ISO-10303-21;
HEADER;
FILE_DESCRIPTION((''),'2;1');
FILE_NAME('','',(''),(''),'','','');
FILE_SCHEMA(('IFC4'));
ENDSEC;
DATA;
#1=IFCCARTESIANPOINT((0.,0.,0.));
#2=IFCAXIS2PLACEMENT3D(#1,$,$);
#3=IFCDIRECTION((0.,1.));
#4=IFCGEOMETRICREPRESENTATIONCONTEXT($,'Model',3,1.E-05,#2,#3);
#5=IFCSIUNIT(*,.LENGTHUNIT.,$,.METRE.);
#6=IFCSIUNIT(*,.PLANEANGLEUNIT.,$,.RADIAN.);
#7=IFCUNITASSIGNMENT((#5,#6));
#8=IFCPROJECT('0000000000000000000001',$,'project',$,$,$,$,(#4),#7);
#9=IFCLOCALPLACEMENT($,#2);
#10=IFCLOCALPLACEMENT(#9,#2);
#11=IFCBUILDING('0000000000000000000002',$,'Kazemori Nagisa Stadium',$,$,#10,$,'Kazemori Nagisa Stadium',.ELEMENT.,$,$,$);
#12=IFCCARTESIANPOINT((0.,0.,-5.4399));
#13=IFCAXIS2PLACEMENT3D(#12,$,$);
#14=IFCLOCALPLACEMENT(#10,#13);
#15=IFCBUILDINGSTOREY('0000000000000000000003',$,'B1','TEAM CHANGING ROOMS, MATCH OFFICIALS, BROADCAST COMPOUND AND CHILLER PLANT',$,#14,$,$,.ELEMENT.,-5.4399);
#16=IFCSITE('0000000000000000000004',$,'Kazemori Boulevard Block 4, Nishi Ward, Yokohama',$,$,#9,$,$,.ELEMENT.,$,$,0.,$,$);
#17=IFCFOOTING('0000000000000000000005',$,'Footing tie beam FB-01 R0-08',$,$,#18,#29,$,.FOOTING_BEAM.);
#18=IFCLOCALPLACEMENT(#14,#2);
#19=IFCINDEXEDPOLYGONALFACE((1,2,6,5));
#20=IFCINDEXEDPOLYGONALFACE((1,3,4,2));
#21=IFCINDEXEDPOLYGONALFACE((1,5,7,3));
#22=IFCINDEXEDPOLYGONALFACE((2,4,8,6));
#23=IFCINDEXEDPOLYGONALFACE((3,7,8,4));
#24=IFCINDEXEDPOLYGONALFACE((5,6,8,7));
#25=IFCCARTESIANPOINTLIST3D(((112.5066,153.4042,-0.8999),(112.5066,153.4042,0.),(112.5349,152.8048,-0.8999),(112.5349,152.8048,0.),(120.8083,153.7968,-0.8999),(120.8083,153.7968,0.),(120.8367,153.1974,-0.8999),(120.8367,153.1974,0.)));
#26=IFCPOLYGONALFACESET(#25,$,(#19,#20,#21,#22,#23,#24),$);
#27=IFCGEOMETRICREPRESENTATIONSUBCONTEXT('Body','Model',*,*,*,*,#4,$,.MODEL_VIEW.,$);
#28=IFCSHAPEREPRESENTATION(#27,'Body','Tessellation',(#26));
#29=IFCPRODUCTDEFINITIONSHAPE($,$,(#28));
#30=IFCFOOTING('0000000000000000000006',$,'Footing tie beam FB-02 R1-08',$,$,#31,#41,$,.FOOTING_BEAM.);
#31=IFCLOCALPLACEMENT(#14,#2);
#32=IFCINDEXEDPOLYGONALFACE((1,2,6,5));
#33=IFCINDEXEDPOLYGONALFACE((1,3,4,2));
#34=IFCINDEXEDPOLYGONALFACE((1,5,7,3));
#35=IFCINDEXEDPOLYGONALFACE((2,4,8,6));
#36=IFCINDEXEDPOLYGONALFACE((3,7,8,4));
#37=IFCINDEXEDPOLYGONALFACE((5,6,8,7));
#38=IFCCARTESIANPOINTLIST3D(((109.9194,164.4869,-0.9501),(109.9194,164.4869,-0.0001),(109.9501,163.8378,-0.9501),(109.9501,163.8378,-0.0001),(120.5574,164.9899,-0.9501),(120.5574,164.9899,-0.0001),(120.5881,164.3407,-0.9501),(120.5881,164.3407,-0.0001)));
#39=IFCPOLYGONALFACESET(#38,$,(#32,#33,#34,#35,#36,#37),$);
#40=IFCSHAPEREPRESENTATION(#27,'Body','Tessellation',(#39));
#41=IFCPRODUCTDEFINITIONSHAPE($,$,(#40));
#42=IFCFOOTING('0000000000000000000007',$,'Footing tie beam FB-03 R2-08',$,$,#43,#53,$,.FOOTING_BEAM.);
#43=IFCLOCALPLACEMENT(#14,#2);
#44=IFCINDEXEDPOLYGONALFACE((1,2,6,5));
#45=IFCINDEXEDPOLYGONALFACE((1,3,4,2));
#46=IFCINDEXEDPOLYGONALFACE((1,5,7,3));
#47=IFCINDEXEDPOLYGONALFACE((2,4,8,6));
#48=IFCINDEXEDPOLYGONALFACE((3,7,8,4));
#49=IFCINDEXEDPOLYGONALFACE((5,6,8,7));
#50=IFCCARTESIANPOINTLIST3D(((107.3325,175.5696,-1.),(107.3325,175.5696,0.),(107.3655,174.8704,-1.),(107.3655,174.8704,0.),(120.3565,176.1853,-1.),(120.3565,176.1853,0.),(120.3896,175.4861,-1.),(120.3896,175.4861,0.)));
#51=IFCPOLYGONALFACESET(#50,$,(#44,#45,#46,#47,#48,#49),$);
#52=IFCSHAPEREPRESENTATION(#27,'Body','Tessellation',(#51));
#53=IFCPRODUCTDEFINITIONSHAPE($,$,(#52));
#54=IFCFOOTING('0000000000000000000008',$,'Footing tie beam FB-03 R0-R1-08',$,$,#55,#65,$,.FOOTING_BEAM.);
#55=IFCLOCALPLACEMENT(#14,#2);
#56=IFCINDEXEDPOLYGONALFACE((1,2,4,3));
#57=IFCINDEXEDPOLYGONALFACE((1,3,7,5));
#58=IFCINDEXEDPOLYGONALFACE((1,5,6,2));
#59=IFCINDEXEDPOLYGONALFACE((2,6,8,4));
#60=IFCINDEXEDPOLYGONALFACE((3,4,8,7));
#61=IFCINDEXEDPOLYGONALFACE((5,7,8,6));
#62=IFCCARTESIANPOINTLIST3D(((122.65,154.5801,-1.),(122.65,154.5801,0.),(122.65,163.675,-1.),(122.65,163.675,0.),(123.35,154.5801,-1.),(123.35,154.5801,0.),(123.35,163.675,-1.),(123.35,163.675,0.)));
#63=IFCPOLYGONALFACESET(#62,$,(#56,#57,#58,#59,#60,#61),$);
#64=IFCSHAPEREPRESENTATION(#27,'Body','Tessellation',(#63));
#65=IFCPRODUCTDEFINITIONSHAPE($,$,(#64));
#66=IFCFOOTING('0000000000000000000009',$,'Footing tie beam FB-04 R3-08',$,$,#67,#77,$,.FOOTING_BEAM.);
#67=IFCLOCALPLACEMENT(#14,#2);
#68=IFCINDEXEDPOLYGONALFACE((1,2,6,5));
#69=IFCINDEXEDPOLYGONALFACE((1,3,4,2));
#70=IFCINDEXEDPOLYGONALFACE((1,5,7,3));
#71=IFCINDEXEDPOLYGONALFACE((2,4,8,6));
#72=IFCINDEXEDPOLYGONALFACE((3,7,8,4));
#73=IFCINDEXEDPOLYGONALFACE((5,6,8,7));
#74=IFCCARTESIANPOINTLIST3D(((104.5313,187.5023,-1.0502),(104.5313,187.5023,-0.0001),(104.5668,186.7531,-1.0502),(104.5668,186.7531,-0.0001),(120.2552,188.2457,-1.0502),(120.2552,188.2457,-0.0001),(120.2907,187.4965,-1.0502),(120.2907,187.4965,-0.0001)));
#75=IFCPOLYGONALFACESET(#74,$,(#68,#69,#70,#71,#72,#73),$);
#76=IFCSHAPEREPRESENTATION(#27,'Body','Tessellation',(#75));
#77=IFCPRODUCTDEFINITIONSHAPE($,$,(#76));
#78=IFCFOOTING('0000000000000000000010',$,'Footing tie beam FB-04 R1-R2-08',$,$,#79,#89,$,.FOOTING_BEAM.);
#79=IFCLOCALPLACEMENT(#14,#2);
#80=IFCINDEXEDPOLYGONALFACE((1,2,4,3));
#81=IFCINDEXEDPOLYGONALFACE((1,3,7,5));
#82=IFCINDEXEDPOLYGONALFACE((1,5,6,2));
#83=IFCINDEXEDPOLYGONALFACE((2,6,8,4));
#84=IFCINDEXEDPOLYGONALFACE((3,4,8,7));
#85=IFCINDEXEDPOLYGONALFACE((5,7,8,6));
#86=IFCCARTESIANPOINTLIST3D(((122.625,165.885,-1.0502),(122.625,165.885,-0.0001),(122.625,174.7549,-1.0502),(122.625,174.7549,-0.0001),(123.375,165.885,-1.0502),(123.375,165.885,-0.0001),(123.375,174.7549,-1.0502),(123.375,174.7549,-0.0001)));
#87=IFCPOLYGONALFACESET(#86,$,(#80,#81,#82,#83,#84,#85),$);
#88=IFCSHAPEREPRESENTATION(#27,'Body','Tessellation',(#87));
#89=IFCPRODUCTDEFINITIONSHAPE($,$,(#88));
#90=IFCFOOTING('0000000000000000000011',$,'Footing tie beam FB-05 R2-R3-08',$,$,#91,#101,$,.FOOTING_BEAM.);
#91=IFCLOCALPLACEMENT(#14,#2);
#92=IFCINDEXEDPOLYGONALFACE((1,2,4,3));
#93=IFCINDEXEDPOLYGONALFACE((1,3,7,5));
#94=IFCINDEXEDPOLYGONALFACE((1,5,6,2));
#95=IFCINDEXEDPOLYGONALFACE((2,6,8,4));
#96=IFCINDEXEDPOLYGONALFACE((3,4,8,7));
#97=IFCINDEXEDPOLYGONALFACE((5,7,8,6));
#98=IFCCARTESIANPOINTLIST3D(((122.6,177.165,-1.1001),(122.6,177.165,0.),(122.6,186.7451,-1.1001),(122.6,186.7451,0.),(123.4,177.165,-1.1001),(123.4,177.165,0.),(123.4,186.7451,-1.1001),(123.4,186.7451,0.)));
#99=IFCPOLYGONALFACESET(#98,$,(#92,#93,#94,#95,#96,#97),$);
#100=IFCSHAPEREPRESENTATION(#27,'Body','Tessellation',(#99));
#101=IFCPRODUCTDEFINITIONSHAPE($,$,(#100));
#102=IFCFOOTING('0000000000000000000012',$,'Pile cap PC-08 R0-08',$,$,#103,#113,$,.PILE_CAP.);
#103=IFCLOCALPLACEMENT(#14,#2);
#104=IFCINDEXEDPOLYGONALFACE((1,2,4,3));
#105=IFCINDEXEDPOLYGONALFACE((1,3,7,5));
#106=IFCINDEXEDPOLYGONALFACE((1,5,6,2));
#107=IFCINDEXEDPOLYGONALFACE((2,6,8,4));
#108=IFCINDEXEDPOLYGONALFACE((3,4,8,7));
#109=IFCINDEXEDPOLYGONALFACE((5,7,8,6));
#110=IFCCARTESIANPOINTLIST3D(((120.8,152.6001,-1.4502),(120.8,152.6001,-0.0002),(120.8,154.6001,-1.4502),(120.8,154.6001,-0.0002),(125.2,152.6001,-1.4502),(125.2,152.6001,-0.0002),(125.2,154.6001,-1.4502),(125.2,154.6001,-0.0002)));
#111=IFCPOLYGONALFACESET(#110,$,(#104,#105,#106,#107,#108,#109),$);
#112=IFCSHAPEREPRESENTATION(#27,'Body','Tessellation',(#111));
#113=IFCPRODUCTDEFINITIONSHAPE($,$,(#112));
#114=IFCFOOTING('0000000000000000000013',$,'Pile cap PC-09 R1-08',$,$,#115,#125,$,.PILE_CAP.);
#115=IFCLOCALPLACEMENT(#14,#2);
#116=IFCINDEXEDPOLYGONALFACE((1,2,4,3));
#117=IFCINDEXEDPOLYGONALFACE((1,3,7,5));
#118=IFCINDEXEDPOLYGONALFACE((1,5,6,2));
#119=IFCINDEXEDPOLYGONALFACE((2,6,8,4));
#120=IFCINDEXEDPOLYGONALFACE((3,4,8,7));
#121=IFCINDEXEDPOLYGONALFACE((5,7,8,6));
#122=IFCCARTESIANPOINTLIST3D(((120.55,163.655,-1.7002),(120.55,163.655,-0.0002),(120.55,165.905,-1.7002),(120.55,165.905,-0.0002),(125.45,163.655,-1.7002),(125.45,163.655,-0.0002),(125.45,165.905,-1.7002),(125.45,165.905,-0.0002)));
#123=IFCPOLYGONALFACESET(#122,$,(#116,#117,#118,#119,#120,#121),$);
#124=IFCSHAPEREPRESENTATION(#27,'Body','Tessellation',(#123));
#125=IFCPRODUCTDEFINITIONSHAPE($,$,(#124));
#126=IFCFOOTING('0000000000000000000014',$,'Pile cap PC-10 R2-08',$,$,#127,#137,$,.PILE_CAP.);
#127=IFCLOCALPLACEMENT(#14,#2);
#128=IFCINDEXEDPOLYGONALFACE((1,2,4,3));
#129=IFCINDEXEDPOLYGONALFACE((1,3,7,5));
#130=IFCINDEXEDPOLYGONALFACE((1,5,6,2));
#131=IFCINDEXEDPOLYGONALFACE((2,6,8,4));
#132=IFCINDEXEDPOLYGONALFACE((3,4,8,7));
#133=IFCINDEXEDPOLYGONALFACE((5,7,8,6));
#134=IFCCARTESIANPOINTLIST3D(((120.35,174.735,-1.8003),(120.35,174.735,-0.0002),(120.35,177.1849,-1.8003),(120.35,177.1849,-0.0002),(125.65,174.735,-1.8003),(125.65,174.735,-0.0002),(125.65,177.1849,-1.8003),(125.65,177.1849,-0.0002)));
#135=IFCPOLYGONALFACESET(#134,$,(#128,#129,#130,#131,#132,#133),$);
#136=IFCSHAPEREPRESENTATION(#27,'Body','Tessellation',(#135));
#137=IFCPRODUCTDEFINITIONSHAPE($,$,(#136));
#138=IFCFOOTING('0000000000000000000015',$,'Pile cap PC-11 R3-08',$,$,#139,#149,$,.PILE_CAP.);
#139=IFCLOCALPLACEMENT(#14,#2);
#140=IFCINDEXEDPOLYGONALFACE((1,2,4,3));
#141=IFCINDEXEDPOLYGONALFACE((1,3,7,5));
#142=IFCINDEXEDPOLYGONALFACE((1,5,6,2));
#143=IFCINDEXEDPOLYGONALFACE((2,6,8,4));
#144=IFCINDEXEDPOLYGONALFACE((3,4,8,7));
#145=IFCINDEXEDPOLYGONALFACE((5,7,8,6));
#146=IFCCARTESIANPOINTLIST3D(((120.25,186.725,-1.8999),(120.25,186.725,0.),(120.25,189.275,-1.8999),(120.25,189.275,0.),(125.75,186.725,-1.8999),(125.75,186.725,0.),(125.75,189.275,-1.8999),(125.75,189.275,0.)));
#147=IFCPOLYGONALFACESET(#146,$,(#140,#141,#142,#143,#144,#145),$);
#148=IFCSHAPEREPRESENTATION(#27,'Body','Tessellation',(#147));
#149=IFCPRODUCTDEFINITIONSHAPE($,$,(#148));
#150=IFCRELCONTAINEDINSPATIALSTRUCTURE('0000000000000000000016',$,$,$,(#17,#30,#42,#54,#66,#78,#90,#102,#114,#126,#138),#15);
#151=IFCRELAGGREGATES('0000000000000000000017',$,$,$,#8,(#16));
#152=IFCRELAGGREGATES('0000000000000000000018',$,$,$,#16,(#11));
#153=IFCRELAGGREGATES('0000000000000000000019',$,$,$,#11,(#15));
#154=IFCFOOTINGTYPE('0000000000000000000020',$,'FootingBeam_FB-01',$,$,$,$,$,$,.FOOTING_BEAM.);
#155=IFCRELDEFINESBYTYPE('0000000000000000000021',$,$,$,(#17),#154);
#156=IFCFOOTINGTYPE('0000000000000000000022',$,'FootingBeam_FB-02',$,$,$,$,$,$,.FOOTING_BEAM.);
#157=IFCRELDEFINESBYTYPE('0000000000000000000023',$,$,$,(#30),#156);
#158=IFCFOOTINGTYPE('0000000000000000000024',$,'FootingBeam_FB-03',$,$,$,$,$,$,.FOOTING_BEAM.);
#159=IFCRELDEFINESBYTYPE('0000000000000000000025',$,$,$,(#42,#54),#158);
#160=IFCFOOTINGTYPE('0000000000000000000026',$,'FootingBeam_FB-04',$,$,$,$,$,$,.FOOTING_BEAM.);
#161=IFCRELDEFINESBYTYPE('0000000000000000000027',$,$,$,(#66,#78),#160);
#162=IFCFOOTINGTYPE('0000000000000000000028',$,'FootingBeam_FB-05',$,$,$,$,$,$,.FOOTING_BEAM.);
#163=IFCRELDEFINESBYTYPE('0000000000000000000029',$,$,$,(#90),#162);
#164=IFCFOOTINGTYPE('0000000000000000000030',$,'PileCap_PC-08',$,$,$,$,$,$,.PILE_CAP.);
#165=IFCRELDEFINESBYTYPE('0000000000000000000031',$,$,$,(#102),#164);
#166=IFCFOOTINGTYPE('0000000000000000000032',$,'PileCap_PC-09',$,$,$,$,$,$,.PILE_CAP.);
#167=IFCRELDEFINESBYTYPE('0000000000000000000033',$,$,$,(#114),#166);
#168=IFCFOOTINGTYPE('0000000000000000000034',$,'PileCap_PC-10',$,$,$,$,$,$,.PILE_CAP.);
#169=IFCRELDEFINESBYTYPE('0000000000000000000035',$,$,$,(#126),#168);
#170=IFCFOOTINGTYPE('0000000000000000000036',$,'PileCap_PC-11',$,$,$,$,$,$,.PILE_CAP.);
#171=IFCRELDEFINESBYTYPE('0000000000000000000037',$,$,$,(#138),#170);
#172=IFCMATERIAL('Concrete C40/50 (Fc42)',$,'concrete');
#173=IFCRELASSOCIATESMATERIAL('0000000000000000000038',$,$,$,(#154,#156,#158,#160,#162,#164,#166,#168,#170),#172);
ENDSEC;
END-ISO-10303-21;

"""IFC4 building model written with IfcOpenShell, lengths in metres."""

from ifc_helpers import new_model, si_unit, direction, frame, origin, origin_2d, place, context, subcontext, project, spatial, rectangle, extrude, material, material_profile, profile_set, type_object, element, save


model = new_model("IFC4")

# Units and contexts
model_context = context("Model", 3, precision=1e-05, world=origin(), true_north=direction((0.0, 1.0)))
body_context = subcontext(model_context, "Body", "Model", "MODEL_VIEW")
ifc_project = project(units=[si_unit("LENGTHUNIT", "METRE"), si_unit("PLANEANGLEUNIT", "RADIAN")], contexts=[model_context])

# Site, building, storey
site_placement = place(None, origin())
site = spatial("IfcSite", under=ifc_project, at=site_placement, Name="Kazemori Boulevard Block 4, Nishi Ward, Yokohama", CompositionType="ELEMENT", RefElevation=0.0)
building_placement = place(site_placement, origin())
building = spatial("IfcBuilding", under=site, at=building_placement, Name="Kazemori Nagisa Stadium", LongName="Kazemori Nagisa Stadium", CompositionType="ELEMENT")
storey_placement = place(building_placement, frame((0.0, 0.0, -5.4399)))
storey = spatial("IfcBuildingStorey", under=building, at=storey_placement, Name="B1", Description="TEAM CHANGING ROOMS, MATCH OFFICIALS, BROADCAST COMPOUND AND CHILLER PLANT", CompositionType="ELEMENT", Elevation=-5.4399)

# Footings
ifc_material_1 = material(Name="Concrete C40/50 (Fc42)", Category="concrete")
ifc_material_profile_1 = material_profile(ifc_material_1, rectangle(XDim=0.6001, YDim=0.8999, at=origin_2d()), Name="RC-FB-600x900")
ifc_profile_set_1 = profile_set([ifc_material_profile_1], Name="Concrete C40/50 (Fc42)")
footing_type_1 = type_object("IfcFootingType", Name="FootingBeam_FB-01", PredefinedType="FOOTING_BEAM", material=ifc_profile_set_1)
footing_1_placement = place(storey_placement, frame((120.8225, 153.4971, -0.45), z_axis=(-0.998884, -0.047236, 0.0), x_axis=(0.047236, -0.998884, 0.0)))
element("IfcFooting", 1, at=footing_1_placement, inside=storey, type_object=footing_type_1, Name="Footing tie beam FB-01 R0-08", PredefinedType="FOOTING_BEAM", context=body_context, shape_type="SweptSolid", body=[
    extrude(rectangle(XDim=0.6001, YDim=0.8999, at=origin_2d()), origin(), (0.0, 0.0, 1.0), 8.311),
])
ifc_material_profile_2 = material_profile(ifc_material_1, rectangle(XDim=0.6499, YDim=0.95, at=origin_2d()), Name="RC-FB-650x950")
ifc_profile_set_2 = profile_set([ifc_material_profile_2], Name="Concrete C40/50 (Fc42)")
footing_type_2 = type_object("IfcFootingType", Name="FootingBeam_FB-02", PredefinedType="FOOTING_BEAM", material=ifc_profile_set_2)
footing_2_placement = place(storey_placement, frame((120.5728, 164.6653, -0.4751), z_axis=(-0.998884, -0.047224, 0.0), x_axis=(0.047224, -0.998884, 0.0)))
element("IfcFooting", 2, at=footing_2_placement, inside=storey, type_object=footing_type_2, Name="Footing tie beam FB-02 R1-08", PredefinedType="FOOTING_BEAM", context=body_context, shape_type="SweptSolid", body=[
    extrude(rectangle(XDim=0.6499, YDim=0.95, at=origin_2d()), origin(), (0.0, 0.0, 1.0), 10.6499),
])
ifc_material_profile_3 = material_profile(ifc_material_1, rectangle(XDim=0.7, YDim=1.0, at=origin_2d()), Name="RC-FB-700x1000")
ifc_profile_set_3 = profile_set([ifc_material_profile_3], Name="Concrete C40/50 (Fc42)")
footing_type_3 = type_object("IfcFootingType", Name="FootingBeam_FB-03", PredefinedType="FOOTING_BEAM", material=ifc_profile_set_3)
footing_3_placement = place(storey_placement, frame((120.373, 175.8357, -0.5), z_axis=(-0.998884, -0.047224, 0.0), x_axis=(0.047224, -0.998884, 0.0)))
element("IfcFooting", 3, at=footing_3_placement, inside=storey, type_object=footing_type_3, Name="Footing tie beam FB-03 R2-08", PredefinedType="FOOTING_BEAM", context=body_context, shape_type="SweptSolid", body=[
    extrude(rectangle(XDim=0.7, YDim=1.0, at=origin_2d()), origin(), (0.0, 0.0, 1.0), 13.0386),
])
footing_4_placement = place(storey_placement, frame((123.0, 154.5801, -0.5), z_axis=(0.0, 1.0, 0.0), x_axis=(-1.0, 0.0, 0.0)))
element("IfcFooting", 4, at=footing_4_placement, inside=storey, type_object=footing_type_3, Name="Footing tie beam FB-03 R0-R1-08", PredefinedType="FOOTING_BEAM", context=body_context, shape_type="SweptSolid", body=[
    extrude(rectangle(XDim=0.7, YDim=1.0, at=origin_2d()), origin(), (0.0, 0.0, 1.0), 9.095),
])
ifc_material_profile_4 = material_profile(ifc_material_1, rectangle(XDim=0.75, YDim=1.05, at=origin_2d()), Name="RC-FB-750x1050")
ifc_profile_set_4 = profile_set([ifc_material_profile_4], Name="Concrete C40/50 (Fc42)")
footing_type_4 = type_object("IfcFootingType", Name="FootingBeam_FB-04", PredefinedType="FOOTING_BEAM", material=ifc_profile_set_4)
footing_5_placement = place(storey_placement, frame((120.2729, 187.8711, -0.5251), z_axis=(-0.998884, -0.047226, 0.0), x_axis=(0.047226, -0.998884, 0.0)))
element("IfcFooting", 5, at=footing_5_placement, inside=storey, type_object=footing_type_4, Name="Footing tie beam FB-04 R3-08", PredefinedType="FOOTING_BEAM", context=body_context, shape_type="SweptSolid", body=[
    extrude(rectangle(XDim=0.75, YDim=1.05, at=origin_2d()), origin(), (0.0, 0.0, 1.0), 15.7415),
])
footing_6_placement = place(storey_placement, frame((123.0, 165.885, -0.5251), z_axis=(0.0, 1.0, 0.0), x_axis=(-1.0, 0.0, 0.0)))
element("IfcFooting", 6, at=footing_6_placement, inside=storey, type_object=footing_type_4, Name="Footing tie beam FB-04 R1-R2-08", PredefinedType="FOOTING_BEAM", context=body_context, shape_type="SweptSolid", body=[
    extrude(rectangle(XDim=0.75, YDim=1.05, at=origin_2d()), origin(), (0.0, 0.0, 1.0), 8.8699),
])
ifc_material_profile_5 = material_profile(ifc_material_1, rectangle(XDim=0.8, YDim=1.1001, at=origin_2d()), Name="RC-FB-800x1100")
ifc_profile_set_5 = profile_set([ifc_material_profile_5], Name="Concrete C40/50 (Fc42)")
footing_type_5 = type_object("IfcFootingType", Name="FootingBeam_FB-05", PredefinedType="FOOTING_BEAM", material=ifc_profile_set_5)
footing_7_placement = place(storey_placement, frame((123.0, 177.165, -0.55), z_axis=(0.0, 1.0, 0.0), x_axis=(-1.0, 0.0, 0.0)))
element("IfcFooting", 7, at=footing_7_placement, inside=storey, type_object=footing_type_5, Name="Footing tie beam FB-05 R2-R3-08", PredefinedType="FOOTING_BEAM", context=body_context, shape_type="SweptSolid", body=[
    extrude(rectangle(XDim=0.8, YDim=1.1001, at=origin_2d()), origin(), (0.0, 0.0, 1.0), 9.5801),
])
footing_type_6 = type_object("IfcFootingType", Name="PileCap_PC-08", PredefinedType="PILE_CAP", material=ifc_material_1)
footing_8_placement = place(storey_placement, frame((123.0, 153.6001, -1.4502), z_axis=(0.0, 0.0, 1.0), x_axis=(-1.0, 0.0, 0.0)))
element("IfcFooting", 8, at=footing_8_placement, inside=storey, type_object=footing_type_6, Name="Pile cap PC-08 R0-08", PredefinedType="PILE_CAP", context=body_context, shape_type="SweptSolid", body=[
    extrude(rectangle(XDim=4.3999, YDim=2.0, at=origin_2d()), origin(), (0.0, 0.0, 1.0), 1.45),
])
footing_type_7 = type_object("IfcFootingType", Name="PileCap_PC-09", PredefinedType="PILE_CAP", material=ifc_material_1)
footing_9_placement = place(storey_placement, frame((123.0, 164.78, -1.7002), z_axis=(0.0, 0.0, 1.0), x_axis=(-1.0, 0.0, 0.0)))
element("IfcFooting", 9, at=footing_9_placement, inside=storey, type_object=footing_type_7, Name="Pile cap PC-09 R1-08", PredefinedType="PILE_CAP", context=body_context, shape_type="SweptSolid", body=[
    extrude(rectangle(XDim=4.8999, YDim=2.25, at=origin_2d()), origin(), (0.0, 0.0, 1.0), 1.7),
])
footing_type_8 = type_object("IfcFootingType", Name="PileCap_PC-10", PredefinedType="PILE_CAP", material=ifc_material_1)
footing_10_placement = place(storey_placement, frame((123.0, 175.96, -1.8003), z_axis=(0.0, 0.0, 1.0), x_axis=(-1.0, 0.0, 0.0)))
element("IfcFooting", 10, at=footing_10_placement, inside=storey, type_object=footing_type_8, Name="Pile cap PC-10 R2-08", PredefinedType="PILE_CAP", context=body_context, shape_type="SweptSolid", body=[
    extrude(rectangle(XDim=5.3, YDim=2.45, at=origin_2d()), origin(), (0.0, 0.0, 1.0), 1.8),
])
footing_type_9 = type_object("IfcFootingType", Name="PileCap_PC-11", PredefinedType="PILE_CAP", material=ifc_material_1)
footing_11_placement = place(storey_placement, frame((123.0, 188.0, -1.8999), z_axis=(0.0, 0.0, 1.0), x_axis=(-1.0, 0.0, 0.0)))
element("IfcFooting", 11, at=footing_11_placement, inside=storey, type_object=footing_type_9, Name="Pile cap PC-11 R3-08", PredefinedType="PILE_CAP", context=body_context, shape_type="SweptSolid", body=[
    extrude(rectangle(XDim=5.5, YDim=2.55, at=origin_2d()), origin(), (0.0, 0.0, 1.0), 1.8999),
])

save(model, "model.ifc")
